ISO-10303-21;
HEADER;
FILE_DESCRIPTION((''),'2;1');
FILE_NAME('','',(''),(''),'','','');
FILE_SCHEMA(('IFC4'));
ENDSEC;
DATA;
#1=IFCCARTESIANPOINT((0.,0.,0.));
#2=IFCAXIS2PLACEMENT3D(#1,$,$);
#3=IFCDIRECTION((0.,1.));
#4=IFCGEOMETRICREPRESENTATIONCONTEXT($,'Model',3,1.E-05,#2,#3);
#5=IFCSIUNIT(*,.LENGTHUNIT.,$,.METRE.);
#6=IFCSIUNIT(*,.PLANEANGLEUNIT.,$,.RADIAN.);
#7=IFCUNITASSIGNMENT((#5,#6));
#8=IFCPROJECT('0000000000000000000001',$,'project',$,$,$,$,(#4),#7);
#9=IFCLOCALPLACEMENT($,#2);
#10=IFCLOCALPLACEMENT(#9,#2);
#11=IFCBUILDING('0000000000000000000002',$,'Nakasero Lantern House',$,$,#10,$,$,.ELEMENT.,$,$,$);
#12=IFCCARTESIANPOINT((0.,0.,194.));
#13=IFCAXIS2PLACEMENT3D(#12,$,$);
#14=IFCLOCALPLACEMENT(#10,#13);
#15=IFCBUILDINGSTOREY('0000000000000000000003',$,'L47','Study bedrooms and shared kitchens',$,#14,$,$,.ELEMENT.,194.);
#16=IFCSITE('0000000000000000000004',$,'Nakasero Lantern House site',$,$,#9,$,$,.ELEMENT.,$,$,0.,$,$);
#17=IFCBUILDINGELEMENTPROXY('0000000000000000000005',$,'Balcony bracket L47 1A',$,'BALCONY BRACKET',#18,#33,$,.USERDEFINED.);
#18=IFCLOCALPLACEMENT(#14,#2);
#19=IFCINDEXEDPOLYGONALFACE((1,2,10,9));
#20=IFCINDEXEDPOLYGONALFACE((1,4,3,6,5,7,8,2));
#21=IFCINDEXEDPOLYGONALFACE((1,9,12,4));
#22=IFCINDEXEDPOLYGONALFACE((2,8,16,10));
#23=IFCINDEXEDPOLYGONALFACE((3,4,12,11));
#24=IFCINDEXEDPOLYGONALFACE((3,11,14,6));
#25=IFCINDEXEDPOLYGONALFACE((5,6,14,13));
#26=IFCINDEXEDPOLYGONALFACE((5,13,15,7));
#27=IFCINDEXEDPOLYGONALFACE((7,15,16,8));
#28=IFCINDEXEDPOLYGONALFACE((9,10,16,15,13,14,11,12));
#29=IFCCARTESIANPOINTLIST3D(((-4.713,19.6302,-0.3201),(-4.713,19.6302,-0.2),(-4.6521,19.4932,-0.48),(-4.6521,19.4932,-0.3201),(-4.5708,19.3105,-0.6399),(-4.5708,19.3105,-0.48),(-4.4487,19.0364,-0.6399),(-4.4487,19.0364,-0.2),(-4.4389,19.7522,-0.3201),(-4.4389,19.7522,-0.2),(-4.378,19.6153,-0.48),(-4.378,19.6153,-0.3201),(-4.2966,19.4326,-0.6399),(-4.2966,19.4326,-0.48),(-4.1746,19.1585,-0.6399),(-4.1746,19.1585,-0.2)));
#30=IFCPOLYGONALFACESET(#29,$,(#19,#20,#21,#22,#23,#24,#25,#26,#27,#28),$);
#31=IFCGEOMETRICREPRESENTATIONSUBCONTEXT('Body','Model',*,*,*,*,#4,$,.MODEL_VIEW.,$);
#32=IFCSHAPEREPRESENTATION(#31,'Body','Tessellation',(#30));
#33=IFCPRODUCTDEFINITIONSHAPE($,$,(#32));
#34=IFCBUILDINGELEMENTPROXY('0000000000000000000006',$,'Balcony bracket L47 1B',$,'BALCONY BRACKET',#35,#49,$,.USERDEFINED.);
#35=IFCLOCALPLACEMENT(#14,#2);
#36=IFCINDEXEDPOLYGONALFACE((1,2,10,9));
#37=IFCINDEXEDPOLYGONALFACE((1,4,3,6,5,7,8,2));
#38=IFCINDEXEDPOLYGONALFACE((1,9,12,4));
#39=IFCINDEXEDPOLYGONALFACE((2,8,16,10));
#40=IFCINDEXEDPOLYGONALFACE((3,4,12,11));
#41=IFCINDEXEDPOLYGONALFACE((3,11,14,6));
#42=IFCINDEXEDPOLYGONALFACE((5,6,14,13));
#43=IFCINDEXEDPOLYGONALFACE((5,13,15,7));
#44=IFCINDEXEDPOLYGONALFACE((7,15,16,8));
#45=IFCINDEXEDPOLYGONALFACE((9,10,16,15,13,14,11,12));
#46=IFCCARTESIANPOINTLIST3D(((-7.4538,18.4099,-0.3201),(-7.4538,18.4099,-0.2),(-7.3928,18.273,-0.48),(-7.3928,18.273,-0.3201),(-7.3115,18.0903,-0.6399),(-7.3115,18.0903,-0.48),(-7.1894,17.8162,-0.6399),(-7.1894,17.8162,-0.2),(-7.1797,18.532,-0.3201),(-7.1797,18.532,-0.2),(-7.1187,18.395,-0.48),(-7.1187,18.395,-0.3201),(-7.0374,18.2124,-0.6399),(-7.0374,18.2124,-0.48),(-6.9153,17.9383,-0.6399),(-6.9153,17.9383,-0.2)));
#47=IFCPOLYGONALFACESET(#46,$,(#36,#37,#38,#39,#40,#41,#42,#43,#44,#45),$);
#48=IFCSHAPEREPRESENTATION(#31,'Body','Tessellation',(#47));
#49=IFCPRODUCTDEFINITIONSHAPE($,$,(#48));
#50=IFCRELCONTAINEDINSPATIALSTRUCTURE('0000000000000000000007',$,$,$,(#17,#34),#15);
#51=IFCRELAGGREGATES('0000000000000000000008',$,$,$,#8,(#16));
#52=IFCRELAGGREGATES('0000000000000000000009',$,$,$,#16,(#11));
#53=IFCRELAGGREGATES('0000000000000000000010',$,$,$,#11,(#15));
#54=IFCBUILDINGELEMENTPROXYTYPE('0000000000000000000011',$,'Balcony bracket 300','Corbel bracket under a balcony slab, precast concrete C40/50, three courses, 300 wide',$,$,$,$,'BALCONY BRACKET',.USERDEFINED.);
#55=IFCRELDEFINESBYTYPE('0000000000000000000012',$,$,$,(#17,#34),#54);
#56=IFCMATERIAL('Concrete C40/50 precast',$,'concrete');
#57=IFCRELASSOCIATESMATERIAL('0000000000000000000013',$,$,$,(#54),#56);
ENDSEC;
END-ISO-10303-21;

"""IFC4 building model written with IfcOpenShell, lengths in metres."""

from ifc_helpers import new_model, si_unit, direction, frame, origin, place, context, subcontext, project, spatial, polyline, outline, extrude, material, type_object, element, save


model = new_model("IFC4")

# Units and contexts
model_context = context("Model", 3, precision=1e-05, world=origin(), true_north=direction((0.0, 1.0)))
body_context = subcontext(model_context, "Body", "Model", "MODEL_VIEW")
ifc_project = project(units=[si_unit("LENGTHUNIT", "METRE"), si_unit("PLANEANGLEUNIT", "RADIAN")], contexts=[model_context])

# Site, building, storey
site_placement = place(None, origin())
site = spatial("IfcSite", under=ifc_project, at=site_placement, Name="Nakasero Lantern House site", CompositionType="ELEMENT", RefElevation=0.0)
building_placement = place(site_placement, origin())
building = spatial("IfcBuilding", under=site, at=building_placement, Name="Nakasero Lantern House", CompositionType="ELEMENT")
storey_placement = place(building_placement, frame((0.0, 0.0, 194.0)))
storey = spatial("IfcBuildingStorey", under=building, at=storey_placement, Name="L47", Description="Study bedrooms and shared kitchens", CompositionType="ELEMENT", Elevation=194.0)

# Building element proxies
ifc_material_1 = material(Name="Concrete C40/50 precast", Category="concrete")
building_element_proxy_type = type_object("IfcBuildingElementProxyType", Name="Balcony bracket 300", Description="Corbel bracket under a balcony slab, precast concrete C40/50, three courses, 300 wide", ElementType="BALCONY BRACKET", PredefinedType="USERDEFINED", material=ifc_material_1)
for number, where, z_axis, x_axis, name in (
    (1, (-4.3118, 19.0974, -0.2), (0.0, 0.0, 1.0), (-0.406737, 0.913545, 0.0), "Balcony bracket L47 1A"),
    (2, (-7.0525, 17.8772, -0.2), (0.0, 0.0, 1.0), (-0.406737, 0.913545, 0.0), "Balcony bracket L47 1B"),
):
    element("IfcBuildingElementProxy", number, at=place(storey_placement, frame(where, z_axis=z_axis, x_axis=x_axis)), inside=storey, type_object=building_element_proxy_type, Name=name, ObjectType="BALCONY BRACKET", PredefinedType="USERDEFINED", context=body_context, shape_type="SweptSolid", body=[
        extrude(outline(polyline([(0.0, 0.0), (0.6499, 0.0), (0.6499, -0.1201), (0.5, -0.1201), (0.5, -0.28), (0.3, -0.28), (0.3, -0.4399), (0.0, -0.4399), (0.0, 0.0)])), frame((0.0, 0.1499, 0.0), z_axis=(0.0, -1.0, 0.0), x_axis=(1.0, 0.0, 0.0)), (0.0, 0.0, 1.0), 0.3),
    ])

save(model, "model.ifc")
